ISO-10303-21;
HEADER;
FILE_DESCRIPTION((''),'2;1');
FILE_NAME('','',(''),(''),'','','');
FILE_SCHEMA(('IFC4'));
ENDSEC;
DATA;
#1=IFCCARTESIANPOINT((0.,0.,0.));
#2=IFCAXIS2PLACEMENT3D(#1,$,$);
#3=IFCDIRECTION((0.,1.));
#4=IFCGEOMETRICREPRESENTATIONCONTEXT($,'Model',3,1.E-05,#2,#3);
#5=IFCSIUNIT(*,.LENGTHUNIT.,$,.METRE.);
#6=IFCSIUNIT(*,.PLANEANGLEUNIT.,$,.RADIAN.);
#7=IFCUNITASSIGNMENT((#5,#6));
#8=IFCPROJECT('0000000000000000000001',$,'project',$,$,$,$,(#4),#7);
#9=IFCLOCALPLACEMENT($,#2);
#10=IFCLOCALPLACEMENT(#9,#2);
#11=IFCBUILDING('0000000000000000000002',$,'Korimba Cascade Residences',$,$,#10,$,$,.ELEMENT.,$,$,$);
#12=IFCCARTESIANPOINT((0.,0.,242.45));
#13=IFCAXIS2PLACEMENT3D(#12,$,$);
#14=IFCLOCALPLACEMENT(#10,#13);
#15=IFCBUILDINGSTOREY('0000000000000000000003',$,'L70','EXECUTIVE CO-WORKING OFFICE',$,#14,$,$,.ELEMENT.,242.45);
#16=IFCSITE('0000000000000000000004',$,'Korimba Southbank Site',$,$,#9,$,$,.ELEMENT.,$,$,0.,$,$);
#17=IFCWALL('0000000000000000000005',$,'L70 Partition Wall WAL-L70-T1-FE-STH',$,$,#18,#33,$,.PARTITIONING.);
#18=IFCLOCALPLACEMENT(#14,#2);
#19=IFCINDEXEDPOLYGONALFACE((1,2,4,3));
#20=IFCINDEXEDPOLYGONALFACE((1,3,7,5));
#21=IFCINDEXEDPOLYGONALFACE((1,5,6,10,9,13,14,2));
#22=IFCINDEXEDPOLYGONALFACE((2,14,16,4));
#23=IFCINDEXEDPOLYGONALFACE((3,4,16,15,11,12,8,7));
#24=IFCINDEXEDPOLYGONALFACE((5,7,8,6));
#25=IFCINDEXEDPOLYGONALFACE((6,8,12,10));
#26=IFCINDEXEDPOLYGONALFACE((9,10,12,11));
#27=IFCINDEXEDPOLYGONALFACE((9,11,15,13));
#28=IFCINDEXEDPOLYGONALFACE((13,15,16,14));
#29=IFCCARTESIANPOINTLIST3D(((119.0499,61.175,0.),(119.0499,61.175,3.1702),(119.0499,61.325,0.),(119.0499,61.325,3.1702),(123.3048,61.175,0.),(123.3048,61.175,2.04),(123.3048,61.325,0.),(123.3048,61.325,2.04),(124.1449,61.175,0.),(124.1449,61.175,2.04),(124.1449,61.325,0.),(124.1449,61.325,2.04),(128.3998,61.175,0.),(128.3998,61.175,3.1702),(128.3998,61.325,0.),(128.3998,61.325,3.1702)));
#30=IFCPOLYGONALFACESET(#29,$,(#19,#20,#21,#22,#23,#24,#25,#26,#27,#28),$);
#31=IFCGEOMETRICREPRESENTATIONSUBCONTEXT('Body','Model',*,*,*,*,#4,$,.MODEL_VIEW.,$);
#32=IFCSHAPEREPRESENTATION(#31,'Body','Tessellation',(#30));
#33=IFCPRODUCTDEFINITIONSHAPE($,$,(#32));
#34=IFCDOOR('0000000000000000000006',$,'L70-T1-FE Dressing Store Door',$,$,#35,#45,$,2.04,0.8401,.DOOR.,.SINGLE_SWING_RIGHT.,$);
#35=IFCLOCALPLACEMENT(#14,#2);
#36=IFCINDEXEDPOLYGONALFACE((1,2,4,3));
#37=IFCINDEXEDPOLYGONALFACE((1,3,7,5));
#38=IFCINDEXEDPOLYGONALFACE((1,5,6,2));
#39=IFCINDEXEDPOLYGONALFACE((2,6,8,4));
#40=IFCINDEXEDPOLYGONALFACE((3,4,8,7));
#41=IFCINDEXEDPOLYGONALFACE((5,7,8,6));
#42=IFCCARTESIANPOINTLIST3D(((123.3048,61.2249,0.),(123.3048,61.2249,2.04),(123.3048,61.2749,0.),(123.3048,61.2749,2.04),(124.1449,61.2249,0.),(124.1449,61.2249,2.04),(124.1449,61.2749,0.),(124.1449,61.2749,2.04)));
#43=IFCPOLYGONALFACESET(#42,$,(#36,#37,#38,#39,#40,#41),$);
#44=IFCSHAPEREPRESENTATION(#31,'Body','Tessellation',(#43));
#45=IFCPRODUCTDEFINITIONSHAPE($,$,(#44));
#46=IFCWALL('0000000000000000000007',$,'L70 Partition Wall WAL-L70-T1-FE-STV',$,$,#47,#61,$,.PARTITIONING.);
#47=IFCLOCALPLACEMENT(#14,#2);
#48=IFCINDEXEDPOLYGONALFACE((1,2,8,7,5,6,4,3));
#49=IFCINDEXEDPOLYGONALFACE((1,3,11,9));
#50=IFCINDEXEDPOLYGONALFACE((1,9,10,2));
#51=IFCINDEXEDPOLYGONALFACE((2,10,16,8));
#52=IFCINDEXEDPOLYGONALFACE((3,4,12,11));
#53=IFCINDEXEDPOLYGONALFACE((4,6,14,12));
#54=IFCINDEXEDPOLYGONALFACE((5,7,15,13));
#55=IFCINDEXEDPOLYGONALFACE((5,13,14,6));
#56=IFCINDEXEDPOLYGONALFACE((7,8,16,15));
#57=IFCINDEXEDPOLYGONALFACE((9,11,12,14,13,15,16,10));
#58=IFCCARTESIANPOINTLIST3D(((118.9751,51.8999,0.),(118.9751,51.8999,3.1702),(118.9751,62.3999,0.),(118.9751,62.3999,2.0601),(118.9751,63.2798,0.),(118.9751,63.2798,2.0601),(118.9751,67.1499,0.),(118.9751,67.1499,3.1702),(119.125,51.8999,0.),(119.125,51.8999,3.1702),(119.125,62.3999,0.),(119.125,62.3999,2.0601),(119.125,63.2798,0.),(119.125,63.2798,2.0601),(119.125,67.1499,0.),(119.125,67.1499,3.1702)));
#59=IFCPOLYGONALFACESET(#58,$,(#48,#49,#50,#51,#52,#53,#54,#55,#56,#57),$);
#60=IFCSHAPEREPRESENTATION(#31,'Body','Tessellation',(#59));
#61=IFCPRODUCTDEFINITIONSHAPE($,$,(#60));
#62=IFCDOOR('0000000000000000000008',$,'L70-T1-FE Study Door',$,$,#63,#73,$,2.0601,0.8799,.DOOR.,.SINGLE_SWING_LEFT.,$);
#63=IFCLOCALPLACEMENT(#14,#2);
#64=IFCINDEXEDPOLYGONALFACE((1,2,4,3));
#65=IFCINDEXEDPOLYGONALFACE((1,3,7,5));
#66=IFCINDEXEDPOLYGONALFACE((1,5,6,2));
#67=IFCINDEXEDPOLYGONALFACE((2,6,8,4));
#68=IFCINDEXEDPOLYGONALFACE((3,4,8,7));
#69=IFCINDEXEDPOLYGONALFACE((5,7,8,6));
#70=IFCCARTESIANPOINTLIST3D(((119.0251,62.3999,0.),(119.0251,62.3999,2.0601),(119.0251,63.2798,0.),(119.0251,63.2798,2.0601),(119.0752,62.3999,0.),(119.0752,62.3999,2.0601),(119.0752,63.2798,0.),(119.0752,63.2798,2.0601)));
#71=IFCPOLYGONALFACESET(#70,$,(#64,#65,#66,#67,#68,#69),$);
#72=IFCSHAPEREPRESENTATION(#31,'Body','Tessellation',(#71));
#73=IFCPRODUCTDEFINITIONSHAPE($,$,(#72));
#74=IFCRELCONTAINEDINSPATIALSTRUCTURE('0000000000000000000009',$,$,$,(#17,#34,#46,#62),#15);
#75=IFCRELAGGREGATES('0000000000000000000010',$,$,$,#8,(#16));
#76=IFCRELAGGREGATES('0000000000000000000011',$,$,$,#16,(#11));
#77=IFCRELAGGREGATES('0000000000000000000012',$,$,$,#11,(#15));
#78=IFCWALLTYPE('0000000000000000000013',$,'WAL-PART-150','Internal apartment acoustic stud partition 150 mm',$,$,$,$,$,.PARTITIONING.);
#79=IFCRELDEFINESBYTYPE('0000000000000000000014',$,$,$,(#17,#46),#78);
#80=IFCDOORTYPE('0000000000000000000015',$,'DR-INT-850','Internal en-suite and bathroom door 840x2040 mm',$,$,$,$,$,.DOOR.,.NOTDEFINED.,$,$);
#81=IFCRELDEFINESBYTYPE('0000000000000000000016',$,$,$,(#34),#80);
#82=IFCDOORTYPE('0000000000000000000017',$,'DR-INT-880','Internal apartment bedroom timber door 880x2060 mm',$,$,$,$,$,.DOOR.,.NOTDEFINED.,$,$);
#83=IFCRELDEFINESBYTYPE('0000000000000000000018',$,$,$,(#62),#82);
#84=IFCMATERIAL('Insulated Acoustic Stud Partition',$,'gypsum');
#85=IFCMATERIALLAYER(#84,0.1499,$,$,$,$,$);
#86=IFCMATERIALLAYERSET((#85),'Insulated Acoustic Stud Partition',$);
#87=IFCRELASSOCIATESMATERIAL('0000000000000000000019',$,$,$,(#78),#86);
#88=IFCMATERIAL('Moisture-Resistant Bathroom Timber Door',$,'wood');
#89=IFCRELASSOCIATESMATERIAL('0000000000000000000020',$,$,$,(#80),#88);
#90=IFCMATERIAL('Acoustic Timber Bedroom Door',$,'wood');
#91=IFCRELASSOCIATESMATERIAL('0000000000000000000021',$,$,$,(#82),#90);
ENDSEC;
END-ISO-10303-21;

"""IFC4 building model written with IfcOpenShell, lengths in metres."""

from ifc_helpers import new_model, si_unit, direction, frame, frame_2d, origin, place, context, subcontext, project, spatial, rectangle, extrude, material, layer, layer_set, type_object, element, fill, save


model = new_model("IFC4")

# Units and contexts
model_context = context("Model", 3, precision=1e-05, world=origin(), true_north=direction((0.0, 1.0)))
body_context = subcontext(model_context, "Body", "Model", "MODEL_VIEW")
ifc_project = project(units=[si_unit("LENGTHUNIT", "METRE"), si_unit("PLANEANGLEUNIT", "RADIAN")], contexts=[model_context])

# Site, building, storey
site_placement = place(None, origin())
site = spatial("IfcSite", under=ifc_project, at=site_placement, Name="Korimba Southbank Site", CompositionType="ELEMENT", RefElevation=0.0)
building_placement = place(site_placement, origin())
building = spatial("IfcBuilding", under=site, at=building_placement, Name="Korimba Cascade Residences", CompositionType="ELEMENT")
storey_placement = place(building_placement, frame((0.0, 0.0, 242.45)))
storey = spatial("IfcBuildingStorey", under=building, at=storey_placement, Name="L70", Description="EXECUTIVE CO-WORKING OFFICE", CompositionType="ELEMENT", Elevation=242.45)

# Walls, openings, doors
ifc_material_1 = material(Name="Insulated Acoustic Stud Partition", Category="gypsum")
ifc_layer_1 = layer(ifc_material_1, 0.1499)
ifc_layer_set_1 = layer_set([ifc_layer_1], Name="Insulated Acoustic Stud Partition")
wall_type_1 = type_object("IfcWallType", Name="WAL-PART-150", Description="Internal apartment acoustic stud partition 150 mm", PredefinedType="PARTITIONING", material=ifc_layer_set_1)
wall_1_placement = place(storey_placement, frame((119.05, 61.25, 0.0), z_axis=(0.0, 0.0, 1.0), x_axis=(1.0, 0.0, 0.0)))
wall_1 = element("IfcWall", 1, at=wall_1_placement, inside=storey, type_object=wall_type_1, Name="L70 Partition Wall WAL-L70-T1-FE-STH", PredefinedType="PARTITIONING", context=body_context, shape_type="SweptSolid", body=[
    extrude(rectangle(XDim=9.3499, YDim=0.1499, at=frame_2d((4.6748, 0.0))), origin(), (0.0, 0.0, 1.0), 3.1702),
])
opening_1_placement = place(wall_1_placement, frame((4.2549, 0.0, 0.0)))
opening_1 = element("IfcOpeningElement", 2, at=opening_1_placement, cuts=wall_1, PredefinedType="OPENING", context=body_context, shape_type="SweptSolid", body=[
    extrude(rectangle(XDim=0.8401, YDim=2.04, at=frame_2d((0.4199, 1.02))), frame((0.0, 0.085, 0.0), z_axis=(0.0, -1.0, 0.0), x_axis=(1.0, 0.0, 0.0)), (0.0, 0.0, 1.0), 0.1699),
])
ifc_material_2 = material(Name="Moisture-Resistant Bathroom Timber Door", Category="wood")
door_type_1 = type_object("IfcDoorType", Name="DR-INT-850", Description="Internal en-suite and bathroom door 840x2040 mm", OperationType="NOTDEFINED", PredefinedType="DOOR", material=ifc_material_2)
door_1_placement = place(opening_1_placement, origin())
door_1 = element("IfcDoor", 3, at=door_1_placement, inside=storey, type_object=door_type_1, Name="L70-T1-FE Dressing Store Door", OperationType="SINGLE_SWING_RIGHT", OverallHeight=2.04, OverallWidth=0.8401, PredefinedType="DOOR", context=body_context, shape_type="SweptSolid", body=[
    extrude(rectangle(XDim=0.8401, YDim=2.04, at=frame_2d((0.4199, 1.02))), frame((0.0, 0.0249, 0.0), z_axis=(0.0, -1.0, 0.0), x_axis=(1.0, 0.0, 0.0)), (0.0, 0.0, 1.0), 0.05),
])
fill(opening_1, door_1)
wall_2_placement = place(storey_placement, frame((119.05, 51.8999, 0.0), z_axis=(0.0, 0.0, 1.0), x_axis=(0.0, 1.0, 0.0)))
wall_2 = element("IfcWall", 4, at=wall_2_placement, inside=storey, type_object=wall_type_1, Name="L70 Partition Wall WAL-L70-T1-FE-STV", PredefinedType="PARTITIONING", context=body_context, shape_type="SweptSolid", body=[
    extrude(rectangle(XDim=15.25, YDim=0.1499, at=frame_2d((7.625, 0.0))), origin(), (0.0, 0.0, 1.0), 3.1702),
])
opening_2_placement = place(wall_2_placement, frame((10.5, 0.0, 0.0)))
opening_2 = element("IfcOpeningElement", 5, at=opening_2_placement, cuts=wall_2, PredefinedType="OPENING", context=body_context, shape_type="SweptSolid", body=[
    extrude(rectangle(XDim=0.8799, YDim=2.0601, at=frame_2d((0.4399, 1.03))), frame((0.0, 0.085, 0.0), z_axis=(0.0, -1.0, 0.0), x_axis=(1.0, 0.0, 0.0)), (0.0, 0.0, 1.0), 0.1699),
])
ifc_material_3 = material(Name="Acoustic Timber Bedroom Door", Category="wood")
door_type_2 = type_object("IfcDoorType", Name="DR-INT-880", Description="Internal apartment bedroom timber door 880x2060 mm", OperationType="NOTDEFINED", PredefinedType="DOOR", material=ifc_material_3)
door_2_placement = place(opening_2_placement, origin())
door_2 = element("IfcDoor", 6, at=door_2_placement, inside=storey, type_object=door_type_2, Name="L70-T1-FE Study Door", OperationType="SINGLE_SWING_LEFT", OverallHeight=2.0601, OverallWidth=0.8799, PredefinedType="DOOR", context=body_context, shape_type="SweptSolid", body=[
    extrude(rectangle(XDim=0.8799, YDim=2.0601, at=frame_2d((0.4399, 1.03))), frame((0.0, 0.0249, 0.0), z_axis=(0.0, -1.0, 0.0), x_axis=(1.0, 0.0, 0.0)), (0.0, 0.0, 1.0), 0.05),
])
fill(opening_2, door_2)

save(model, "model.ifc")
